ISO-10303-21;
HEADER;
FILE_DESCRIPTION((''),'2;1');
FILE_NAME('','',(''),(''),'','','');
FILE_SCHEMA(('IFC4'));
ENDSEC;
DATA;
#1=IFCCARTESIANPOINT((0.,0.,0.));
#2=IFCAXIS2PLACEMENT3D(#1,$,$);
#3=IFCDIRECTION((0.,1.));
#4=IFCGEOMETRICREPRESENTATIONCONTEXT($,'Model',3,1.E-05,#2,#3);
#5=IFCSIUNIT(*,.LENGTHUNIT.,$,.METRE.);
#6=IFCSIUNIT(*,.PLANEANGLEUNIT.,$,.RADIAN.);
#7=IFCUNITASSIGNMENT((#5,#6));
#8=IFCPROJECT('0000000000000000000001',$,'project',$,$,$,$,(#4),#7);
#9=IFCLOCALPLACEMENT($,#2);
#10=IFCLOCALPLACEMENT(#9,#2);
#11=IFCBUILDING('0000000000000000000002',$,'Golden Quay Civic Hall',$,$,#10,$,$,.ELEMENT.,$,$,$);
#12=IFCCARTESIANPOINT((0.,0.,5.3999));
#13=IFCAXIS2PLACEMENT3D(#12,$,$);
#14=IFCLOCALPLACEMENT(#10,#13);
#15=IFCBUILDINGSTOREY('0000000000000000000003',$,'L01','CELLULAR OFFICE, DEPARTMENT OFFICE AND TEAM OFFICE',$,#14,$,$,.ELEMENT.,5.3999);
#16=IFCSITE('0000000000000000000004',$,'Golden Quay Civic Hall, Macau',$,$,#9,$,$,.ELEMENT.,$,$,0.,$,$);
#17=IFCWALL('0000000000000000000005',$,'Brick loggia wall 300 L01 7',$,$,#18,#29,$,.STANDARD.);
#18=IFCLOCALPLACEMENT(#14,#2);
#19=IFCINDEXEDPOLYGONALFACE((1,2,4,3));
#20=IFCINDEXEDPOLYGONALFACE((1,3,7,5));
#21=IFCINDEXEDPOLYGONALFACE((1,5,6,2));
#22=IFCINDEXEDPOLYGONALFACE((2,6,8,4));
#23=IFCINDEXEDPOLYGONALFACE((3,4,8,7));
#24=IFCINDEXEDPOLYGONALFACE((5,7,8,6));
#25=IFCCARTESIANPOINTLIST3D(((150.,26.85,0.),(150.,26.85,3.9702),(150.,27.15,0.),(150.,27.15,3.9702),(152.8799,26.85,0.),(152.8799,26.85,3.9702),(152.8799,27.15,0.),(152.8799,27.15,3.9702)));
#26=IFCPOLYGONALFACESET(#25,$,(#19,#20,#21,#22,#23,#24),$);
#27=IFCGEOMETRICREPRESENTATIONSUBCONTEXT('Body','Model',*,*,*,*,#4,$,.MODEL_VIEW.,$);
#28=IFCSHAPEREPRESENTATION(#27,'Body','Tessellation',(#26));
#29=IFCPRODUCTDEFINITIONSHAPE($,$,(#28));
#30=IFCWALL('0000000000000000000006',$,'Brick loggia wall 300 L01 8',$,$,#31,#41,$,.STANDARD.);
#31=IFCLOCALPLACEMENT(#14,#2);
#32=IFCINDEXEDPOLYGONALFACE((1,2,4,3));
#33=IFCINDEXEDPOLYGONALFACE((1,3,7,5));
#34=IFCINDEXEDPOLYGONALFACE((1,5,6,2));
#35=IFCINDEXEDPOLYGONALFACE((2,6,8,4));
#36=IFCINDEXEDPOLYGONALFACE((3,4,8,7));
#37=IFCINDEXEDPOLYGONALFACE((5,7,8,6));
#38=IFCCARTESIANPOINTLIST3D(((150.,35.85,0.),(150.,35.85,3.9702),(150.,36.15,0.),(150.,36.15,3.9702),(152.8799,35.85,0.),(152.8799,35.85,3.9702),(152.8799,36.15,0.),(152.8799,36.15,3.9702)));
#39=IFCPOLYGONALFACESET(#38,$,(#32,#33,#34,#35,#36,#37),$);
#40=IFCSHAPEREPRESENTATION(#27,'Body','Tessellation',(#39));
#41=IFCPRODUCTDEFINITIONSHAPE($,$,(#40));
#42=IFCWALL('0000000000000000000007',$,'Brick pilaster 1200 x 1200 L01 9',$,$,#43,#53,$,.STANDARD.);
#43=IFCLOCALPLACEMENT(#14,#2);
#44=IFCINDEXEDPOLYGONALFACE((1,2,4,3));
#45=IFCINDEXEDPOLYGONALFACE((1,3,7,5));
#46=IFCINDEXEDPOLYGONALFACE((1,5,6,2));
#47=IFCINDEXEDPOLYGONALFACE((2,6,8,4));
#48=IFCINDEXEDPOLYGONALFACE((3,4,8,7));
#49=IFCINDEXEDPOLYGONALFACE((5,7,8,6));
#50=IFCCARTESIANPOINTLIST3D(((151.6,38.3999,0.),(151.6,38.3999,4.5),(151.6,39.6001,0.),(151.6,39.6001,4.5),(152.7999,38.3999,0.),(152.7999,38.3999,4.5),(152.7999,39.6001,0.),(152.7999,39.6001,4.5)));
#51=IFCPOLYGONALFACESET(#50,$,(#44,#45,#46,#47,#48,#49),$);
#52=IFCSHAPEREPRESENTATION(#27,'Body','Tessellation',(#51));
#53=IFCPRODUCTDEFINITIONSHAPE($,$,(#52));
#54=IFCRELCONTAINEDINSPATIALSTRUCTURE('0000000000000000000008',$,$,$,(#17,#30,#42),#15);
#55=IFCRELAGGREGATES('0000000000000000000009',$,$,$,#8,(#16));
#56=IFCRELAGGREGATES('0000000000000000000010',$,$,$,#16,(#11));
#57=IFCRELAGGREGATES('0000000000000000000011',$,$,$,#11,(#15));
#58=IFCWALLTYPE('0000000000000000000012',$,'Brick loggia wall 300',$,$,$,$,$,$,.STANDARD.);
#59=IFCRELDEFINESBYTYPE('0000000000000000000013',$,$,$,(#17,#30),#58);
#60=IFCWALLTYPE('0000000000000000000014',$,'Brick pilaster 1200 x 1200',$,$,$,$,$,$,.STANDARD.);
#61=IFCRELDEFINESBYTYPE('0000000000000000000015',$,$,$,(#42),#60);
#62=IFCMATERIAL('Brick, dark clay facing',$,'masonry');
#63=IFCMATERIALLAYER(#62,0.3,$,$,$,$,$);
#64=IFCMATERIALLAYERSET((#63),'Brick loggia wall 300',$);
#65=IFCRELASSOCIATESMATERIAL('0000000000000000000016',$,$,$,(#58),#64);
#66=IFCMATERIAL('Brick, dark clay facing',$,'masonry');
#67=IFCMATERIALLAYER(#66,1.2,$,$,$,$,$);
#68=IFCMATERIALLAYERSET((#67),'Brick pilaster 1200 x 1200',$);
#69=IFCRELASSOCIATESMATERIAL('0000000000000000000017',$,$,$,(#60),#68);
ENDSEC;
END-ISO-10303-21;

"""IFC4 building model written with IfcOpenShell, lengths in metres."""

from ifc_helpers import new_model, si_unit, direction, frame, frame_2d, origin, place, context, subcontext, project, spatial, rectangle, extrude, material, layer, layer_set, type_object, element, save


model = new_model("IFC4")

# Units and contexts
model_context = context("Model", 3, precision=1e-05, world=origin(), true_north=direction((0.0, 1.0)))
body_context = subcontext(model_context, "Body", "Model", "MODEL_VIEW")
ifc_project = project(units=[si_unit("LENGTHUNIT", "METRE"), si_unit("PLANEANGLEUNIT", "RADIAN")], contexts=[model_context])

# Site, building, storey
site_placement = place(None, origin())
site = spatial("IfcSite", under=ifc_project, at=site_placement, Name="Golden Quay Civic Hall, Macau", CompositionType="ELEMENT", RefElevation=0.0)
building_placement = place(site_placement, origin())
building = spatial("IfcBuilding", under=site, at=building_placement, Name="Golden Quay Civic Hall", CompositionType="ELEMENT")
storey_placement = place(building_placement, frame((0.0, 0.0, 5.3999)))
storey = spatial("IfcBuildingStorey", under=building, at=storey_placement, Name="L01", Description="CELLULAR OFFICE, DEPARTMENT OFFICE AND TEAM OFFICE", CompositionType="ELEMENT", Elevation=5.3999)

# Walls
ifc_material_1 = material(Name="Brick, dark clay facing", Category="masonry")
ifc_layer_1 = layer(ifc_material_1, 0.3)
ifc_layer_set_1 = layer_set([ifc_layer_1], Name="Brick loggia wall 300")
wall_type_1 = type_object("IfcWallType", Name="Brick loggia wall 300", PredefinedType="STANDARD", material=ifc_layer_set_1)
for number, where, z_axis, x_axis, name in (
    (1, (152.8799, 27.0, 0.0), (0.0, 0.0, 1.0), (-1.0, 0.0, 0.0), "Brick loggia wall 300 L01 7"),
    (2, (152.8799, 36.0, 0.0), (0.0, 0.0, 1.0), (-1.0, 0.0, 0.0), "Brick loggia wall 300 L01 8"),
):
    element("IfcWall", number, at=place(storey_placement, frame(where, z_axis=z_axis, x_axis=x_axis)), inside=storey, type_object=wall_type_1, Name=name, PredefinedType="STANDARD", context=body_context, shape_type="SweptSolid", body=[
        extrude(rectangle(XDim=2.8799, YDim=0.3, at=frame_2d((1.4399, 0.0))), origin(), (0.0, 0.0, 1.0), 3.9702),
    ])
ifc_material_2 = material(Name="Brick, dark clay facing", Category="masonry")
ifc_layer_2 = layer(ifc_material_2, 1.2)
ifc_layer_set_2 = layer_set([ifc_layer_2], Name="Brick pilaster 1200 x 1200")
wall_type_2 = type_object("IfcWallType", Name="Brick pilaster 1200 x 1200", PredefinedType="STANDARD", material=ifc_layer_set_2)
wall_1_placement = place(storey_placement, frame((152.2, 38.3999, 0.0), z_axis=(0.0, 0.0, 1.0), x_axis=(0.0, 1.0, 0.0)))
element("IfcWall", 3, at=wall_1_placement, inside=storey, type_object=wall_type_2, Name="Brick pilaster 1200 x 1200 L01 9", PredefinedType="STANDARD", context=body_context, shape_type="SweptSolid", body=[
    extrude(rectangle(XDim=1.2002, YDim=1.2, at=frame_2d((0.6001, 0.0))), origin(), (0.0, 0.0, 1.0), 4.5),
])

save(model, "model.ifc")
